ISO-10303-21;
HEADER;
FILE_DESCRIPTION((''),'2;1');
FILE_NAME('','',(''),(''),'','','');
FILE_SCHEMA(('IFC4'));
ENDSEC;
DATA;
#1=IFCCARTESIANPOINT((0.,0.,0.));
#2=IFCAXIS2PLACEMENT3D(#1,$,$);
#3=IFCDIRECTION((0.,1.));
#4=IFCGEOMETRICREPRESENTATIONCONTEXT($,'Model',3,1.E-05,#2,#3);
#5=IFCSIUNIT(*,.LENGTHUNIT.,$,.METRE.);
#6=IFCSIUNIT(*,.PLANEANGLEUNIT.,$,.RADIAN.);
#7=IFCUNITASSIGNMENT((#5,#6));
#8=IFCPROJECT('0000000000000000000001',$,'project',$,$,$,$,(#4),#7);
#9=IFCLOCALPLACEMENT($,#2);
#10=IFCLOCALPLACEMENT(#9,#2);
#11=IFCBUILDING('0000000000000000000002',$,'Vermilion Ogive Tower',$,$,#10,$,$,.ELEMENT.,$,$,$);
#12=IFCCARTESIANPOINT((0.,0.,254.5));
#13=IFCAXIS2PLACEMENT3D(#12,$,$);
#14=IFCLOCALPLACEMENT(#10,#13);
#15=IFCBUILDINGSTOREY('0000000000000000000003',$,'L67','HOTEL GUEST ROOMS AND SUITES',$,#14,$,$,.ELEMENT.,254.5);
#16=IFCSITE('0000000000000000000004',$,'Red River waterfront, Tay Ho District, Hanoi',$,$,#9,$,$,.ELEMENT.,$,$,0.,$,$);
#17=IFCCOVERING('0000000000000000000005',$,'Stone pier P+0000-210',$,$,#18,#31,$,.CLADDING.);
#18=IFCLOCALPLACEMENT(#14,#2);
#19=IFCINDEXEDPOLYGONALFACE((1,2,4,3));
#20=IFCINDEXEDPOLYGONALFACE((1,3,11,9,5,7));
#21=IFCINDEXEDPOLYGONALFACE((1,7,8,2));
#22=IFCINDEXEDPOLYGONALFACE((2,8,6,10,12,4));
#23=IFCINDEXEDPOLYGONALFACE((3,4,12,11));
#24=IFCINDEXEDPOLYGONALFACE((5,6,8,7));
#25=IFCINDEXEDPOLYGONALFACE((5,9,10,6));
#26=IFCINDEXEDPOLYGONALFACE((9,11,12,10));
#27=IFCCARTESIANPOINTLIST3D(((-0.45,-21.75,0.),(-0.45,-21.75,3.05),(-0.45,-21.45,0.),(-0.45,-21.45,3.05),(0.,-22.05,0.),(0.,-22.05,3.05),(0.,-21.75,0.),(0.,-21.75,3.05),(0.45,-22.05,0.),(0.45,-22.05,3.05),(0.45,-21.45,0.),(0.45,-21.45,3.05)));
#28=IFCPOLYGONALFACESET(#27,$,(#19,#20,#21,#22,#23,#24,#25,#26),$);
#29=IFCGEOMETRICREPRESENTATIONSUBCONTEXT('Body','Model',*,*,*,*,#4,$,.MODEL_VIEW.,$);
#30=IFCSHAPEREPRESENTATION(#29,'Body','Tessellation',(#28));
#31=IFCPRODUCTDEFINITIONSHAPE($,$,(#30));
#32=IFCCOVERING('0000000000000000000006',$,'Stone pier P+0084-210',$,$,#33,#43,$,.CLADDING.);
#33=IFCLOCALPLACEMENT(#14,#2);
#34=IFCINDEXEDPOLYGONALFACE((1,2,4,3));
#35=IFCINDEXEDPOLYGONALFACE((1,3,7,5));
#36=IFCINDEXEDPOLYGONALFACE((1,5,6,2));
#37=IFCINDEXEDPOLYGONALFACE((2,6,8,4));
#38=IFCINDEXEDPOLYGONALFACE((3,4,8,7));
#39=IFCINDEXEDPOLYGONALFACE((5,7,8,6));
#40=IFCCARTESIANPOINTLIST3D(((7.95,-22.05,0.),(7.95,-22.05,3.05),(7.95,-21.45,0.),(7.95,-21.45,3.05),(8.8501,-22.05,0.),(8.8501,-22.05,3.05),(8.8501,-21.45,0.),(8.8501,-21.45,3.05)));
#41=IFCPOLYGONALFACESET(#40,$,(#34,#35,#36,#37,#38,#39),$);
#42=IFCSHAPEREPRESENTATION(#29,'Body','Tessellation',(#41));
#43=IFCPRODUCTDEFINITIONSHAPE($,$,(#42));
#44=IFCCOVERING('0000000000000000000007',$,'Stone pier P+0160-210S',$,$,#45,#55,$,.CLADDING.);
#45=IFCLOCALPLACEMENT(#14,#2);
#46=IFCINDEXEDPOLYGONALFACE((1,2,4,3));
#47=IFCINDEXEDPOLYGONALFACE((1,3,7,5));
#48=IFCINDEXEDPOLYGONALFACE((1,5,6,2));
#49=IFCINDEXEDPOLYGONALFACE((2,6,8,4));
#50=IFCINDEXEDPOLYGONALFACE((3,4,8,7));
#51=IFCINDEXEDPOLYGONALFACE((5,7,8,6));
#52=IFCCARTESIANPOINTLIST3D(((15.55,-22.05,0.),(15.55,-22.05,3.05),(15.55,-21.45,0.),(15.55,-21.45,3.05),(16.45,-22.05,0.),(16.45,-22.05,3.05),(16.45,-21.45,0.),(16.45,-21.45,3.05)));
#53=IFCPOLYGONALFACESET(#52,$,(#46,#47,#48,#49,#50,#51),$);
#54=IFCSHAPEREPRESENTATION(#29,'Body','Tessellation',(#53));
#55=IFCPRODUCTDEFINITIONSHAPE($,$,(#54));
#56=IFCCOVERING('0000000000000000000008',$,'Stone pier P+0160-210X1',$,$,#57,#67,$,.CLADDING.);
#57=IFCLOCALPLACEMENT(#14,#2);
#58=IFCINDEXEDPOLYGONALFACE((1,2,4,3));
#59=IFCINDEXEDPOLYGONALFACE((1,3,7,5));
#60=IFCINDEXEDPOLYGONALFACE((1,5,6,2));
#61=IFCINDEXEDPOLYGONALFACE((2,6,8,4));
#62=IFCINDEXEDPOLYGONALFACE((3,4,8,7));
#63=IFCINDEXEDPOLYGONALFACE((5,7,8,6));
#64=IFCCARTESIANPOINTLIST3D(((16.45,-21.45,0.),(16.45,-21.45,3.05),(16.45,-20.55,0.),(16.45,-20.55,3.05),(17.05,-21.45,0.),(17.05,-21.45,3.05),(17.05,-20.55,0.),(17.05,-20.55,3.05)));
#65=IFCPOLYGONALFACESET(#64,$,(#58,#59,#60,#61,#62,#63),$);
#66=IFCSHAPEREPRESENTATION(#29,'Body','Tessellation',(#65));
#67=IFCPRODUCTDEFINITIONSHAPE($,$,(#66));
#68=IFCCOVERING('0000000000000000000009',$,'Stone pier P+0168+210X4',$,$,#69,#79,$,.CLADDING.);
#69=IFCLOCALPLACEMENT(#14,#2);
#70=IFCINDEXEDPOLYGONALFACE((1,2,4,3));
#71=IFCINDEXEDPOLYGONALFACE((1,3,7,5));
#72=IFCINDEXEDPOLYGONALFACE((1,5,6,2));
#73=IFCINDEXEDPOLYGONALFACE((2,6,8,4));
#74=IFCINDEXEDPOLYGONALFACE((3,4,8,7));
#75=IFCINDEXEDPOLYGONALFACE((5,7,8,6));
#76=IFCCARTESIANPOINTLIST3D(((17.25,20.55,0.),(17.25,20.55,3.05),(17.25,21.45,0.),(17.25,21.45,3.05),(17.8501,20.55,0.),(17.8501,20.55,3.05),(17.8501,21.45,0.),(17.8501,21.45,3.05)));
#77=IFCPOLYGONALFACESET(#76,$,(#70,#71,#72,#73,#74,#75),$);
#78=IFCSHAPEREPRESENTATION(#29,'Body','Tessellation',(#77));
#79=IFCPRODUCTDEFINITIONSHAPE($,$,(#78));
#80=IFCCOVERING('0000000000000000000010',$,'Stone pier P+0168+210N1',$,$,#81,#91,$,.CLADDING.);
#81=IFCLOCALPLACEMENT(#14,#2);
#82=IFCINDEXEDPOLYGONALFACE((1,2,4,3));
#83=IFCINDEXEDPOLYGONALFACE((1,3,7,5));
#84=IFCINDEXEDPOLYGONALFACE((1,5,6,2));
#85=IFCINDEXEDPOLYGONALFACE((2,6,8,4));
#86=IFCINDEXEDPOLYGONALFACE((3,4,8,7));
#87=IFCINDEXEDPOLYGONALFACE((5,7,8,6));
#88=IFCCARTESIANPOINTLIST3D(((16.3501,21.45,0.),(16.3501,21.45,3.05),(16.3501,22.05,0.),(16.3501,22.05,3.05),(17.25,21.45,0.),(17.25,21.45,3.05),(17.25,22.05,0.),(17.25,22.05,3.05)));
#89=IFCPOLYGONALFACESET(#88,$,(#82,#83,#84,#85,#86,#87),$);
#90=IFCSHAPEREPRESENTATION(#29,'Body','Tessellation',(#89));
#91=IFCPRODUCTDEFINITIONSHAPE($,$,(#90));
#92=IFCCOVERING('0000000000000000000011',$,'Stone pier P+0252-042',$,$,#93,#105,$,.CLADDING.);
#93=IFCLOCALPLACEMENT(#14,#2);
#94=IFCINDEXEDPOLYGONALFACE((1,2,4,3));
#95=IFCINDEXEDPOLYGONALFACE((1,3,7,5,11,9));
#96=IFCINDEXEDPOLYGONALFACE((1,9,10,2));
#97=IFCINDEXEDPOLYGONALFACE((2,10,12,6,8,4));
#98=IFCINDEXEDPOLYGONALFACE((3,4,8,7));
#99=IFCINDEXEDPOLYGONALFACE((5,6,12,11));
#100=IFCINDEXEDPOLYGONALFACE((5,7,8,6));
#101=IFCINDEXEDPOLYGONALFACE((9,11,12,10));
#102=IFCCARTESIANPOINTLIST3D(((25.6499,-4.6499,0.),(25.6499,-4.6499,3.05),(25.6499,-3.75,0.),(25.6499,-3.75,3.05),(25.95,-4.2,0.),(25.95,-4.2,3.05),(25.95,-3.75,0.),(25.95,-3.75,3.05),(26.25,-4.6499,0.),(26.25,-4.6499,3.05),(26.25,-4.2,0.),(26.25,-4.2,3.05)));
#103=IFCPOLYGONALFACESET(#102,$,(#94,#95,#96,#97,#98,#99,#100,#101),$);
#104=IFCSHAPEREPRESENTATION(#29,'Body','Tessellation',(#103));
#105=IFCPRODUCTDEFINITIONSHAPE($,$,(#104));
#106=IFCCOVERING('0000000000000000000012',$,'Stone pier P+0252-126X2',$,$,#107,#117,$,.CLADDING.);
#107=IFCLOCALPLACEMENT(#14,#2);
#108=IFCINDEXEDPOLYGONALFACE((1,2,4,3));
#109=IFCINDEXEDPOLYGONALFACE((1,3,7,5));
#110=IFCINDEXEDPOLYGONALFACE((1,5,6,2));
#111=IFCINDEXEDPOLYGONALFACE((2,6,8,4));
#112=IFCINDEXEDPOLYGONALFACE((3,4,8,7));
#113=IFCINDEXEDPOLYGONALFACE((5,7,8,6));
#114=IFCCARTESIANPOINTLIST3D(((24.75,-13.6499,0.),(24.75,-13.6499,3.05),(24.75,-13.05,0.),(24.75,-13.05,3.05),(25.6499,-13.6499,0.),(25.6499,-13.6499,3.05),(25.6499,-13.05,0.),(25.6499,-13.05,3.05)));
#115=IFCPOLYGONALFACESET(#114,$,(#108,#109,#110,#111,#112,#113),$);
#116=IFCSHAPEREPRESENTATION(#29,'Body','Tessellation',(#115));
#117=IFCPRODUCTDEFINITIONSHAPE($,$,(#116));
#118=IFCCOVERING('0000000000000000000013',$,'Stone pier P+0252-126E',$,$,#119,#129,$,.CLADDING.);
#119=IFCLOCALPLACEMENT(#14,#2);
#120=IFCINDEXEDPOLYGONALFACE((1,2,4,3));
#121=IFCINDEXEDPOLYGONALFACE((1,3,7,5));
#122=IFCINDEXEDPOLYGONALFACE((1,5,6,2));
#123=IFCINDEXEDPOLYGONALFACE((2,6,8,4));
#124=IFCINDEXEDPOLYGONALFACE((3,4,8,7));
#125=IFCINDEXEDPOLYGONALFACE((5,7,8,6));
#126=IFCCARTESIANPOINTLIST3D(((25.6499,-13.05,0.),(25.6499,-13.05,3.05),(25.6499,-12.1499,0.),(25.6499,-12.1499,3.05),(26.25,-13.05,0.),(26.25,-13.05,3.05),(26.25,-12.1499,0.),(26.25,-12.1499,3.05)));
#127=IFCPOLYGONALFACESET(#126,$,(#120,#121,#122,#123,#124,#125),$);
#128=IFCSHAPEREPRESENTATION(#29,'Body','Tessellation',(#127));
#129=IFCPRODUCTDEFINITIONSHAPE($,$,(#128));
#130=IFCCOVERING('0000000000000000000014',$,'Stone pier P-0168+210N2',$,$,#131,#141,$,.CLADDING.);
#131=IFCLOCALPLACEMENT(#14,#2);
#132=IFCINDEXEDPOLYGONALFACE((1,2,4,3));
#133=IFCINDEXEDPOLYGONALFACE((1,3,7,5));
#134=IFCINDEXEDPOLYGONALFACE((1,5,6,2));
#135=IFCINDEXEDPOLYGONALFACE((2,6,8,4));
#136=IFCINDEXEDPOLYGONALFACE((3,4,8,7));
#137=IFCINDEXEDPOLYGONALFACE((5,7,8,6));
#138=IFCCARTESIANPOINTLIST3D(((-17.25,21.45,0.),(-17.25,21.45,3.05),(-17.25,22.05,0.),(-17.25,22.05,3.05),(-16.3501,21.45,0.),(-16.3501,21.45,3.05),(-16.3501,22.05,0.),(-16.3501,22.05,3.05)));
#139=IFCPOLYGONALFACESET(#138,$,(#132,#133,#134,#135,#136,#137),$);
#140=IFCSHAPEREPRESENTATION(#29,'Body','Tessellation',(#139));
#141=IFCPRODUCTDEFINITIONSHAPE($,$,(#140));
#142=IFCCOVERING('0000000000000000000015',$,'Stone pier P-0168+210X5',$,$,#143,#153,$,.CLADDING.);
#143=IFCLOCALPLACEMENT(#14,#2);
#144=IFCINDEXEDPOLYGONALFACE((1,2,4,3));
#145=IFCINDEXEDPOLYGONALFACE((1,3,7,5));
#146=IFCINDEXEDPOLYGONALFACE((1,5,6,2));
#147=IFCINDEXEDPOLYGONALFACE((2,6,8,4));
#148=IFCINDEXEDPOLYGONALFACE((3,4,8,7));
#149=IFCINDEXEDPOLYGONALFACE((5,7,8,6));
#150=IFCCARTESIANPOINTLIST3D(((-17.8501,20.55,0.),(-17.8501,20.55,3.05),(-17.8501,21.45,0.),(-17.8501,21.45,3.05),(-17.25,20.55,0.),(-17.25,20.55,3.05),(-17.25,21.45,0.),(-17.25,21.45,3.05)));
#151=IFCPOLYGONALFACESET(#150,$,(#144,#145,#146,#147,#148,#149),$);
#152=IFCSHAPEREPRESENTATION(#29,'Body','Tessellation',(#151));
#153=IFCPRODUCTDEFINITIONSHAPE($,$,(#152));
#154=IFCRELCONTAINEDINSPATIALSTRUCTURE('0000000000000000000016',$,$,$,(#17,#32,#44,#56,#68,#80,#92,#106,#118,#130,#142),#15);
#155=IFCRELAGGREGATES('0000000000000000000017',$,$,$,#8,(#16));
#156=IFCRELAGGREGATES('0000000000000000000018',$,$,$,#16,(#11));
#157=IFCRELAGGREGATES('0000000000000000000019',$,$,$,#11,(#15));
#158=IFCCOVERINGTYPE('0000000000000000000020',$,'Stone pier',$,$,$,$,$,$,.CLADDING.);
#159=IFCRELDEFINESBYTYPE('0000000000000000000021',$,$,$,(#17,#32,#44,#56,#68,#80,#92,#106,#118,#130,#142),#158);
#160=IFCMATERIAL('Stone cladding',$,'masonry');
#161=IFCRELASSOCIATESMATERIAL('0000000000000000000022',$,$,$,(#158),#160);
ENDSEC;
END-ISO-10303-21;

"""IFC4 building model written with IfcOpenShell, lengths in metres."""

from ifc_helpers import new_model, si_unit, direction, frame, origin, place, context, subcontext, project, spatial, polyline, outline, extrude, material, type_object, element, save


model = new_model("IFC4")

# Units and contexts
model_context = context("Model", 3, precision=1e-05, world=origin(), true_north=direction((0.0, 1.0)))
body_context = subcontext(model_context, "Body", "Model", "MODEL_VIEW")
ifc_project = project(units=[si_unit("LENGTHUNIT", "METRE"), si_unit("PLANEANGLEUNIT", "RADIAN")], contexts=[model_context])

# Site, building, storey
site_placement = place(None, origin())
site = spatial("IfcSite", under=ifc_project, at=site_placement, Name="Red River waterfront, Tay Ho District, Hanoi", CompositionType="ELEMENT", RefElevation=0.0)
building_placement = place(site_placement, origin())
building = spatial("IfcBuilding", under=site, at=building_placement, Name="Vermilion Ogive Tower", CompositionType="ELEMENT")
storey_placement = place(building_placement, frame((0.0, 0.0, 254.5)))
storey = spatial("IfcBuildingStorey", under=building, at=storey_placement, Name="L67", Description="HOTEL GUEST ROOMS AND SUITES", CompositionType="ELEMENT", Elevation=254.5)

# Coverings
ifc_material_1 = material(Name="Stone cladding", Category="masonry")
covering_type_1 = type_object("IfcCoveringType", Name="Stone pier", PredefinedType="CLADDING", material=ifc_material_1)
covering_1_placement = place(storey_placement, origin())
element("IfcCovering", 1, at=covering_1_placement, inside=storey, type_object=covering_type_1, Name="Stone pier P+0000-210", PredefinedType="CLADDING", context=body_context, shape_type="SweptSolid", body=[
    extrude(outline(polyline([(0.45, -22.05), (0.0, -22.05), (0.0, -21.75), (-0.45, -21.75), (-0.45, -21.45), (0.45, -21.45), (0.45, -22.05)])), origin(), (0.0, 0.0, 1.0), 3.05),
])
covering_2_placement = place(storey_placement, origin())
element("IfcCovering", 2, at=covering_2_placement, inside=storey, type_object=covering_type_1, Name="Stone pier P+0084-210", PredefinedType="CLADDING", context=body_context, shape_type="SweptSolid", body=[
    extrude(outline(polyline([(8.8501, -21.45), (8.8501, -22.05), (7.95, -22.05), (7.95, -21.45), (7.95, -21.45), (8.8501, -21.45)])), origin(), (0.0, 0.0, 1.0), 3.05),
])
covering_3_placement = place(storey_placement, origin())
element("IfcCovering", 3, at=covering_3_placement, inside=storey, type_object=covering_type_1, Name="Stone pier P+0160-210S", PredefinedType="CLADDING", context=body_context, shape_type="SweptSolid", body=[
    extrude(outline(polyline([(16.45, -21.45), (16.45, -21.45), (16.45, -22.05), (15.55, -22.05), (15.55, -21.45), (15.55, -21.45), (16.45, -21.45)])), origin(), (0.0, 0.0, 1.0), 3.05),
])
covering_4_placement = place(storey_placement, origin())
element("IfcCovering", 4, at=covering_4_placement, inside=storey, type_object=covering_type_1, Name="Stone pier P+0160-210X1", PredefinedType="CLADDING", context=body_context, shape_type="SweptSolid", body=[
    extrude(outline(polyline([(17.05, -21.45), (16.45, -21.45), (16.45, -21.45), (16.45, -20.55), (17.05, -20.55), (17.05, -21.45)])), origin(), (0.0, 0.0, 1.0), 3.05),
])
covering_5_placement = place(storey_placement, origin())
element("IfcCovering", 5, at=covering_5_placement, inside=storey, type_object=covering_type_1, Name="Stone pier P+0168+210X4", PredefinedType="CLADDING", context=body_context, shape_type="SweptSolid", body=[
    extrude(outline(polyline([(17.8501, 21.45), (17.8501, 20.55), (17.25, 20.55), (17.25, 21.45), (17.8501, 21.45)])), origin(), (0.0, 0.0, 1.0), 3.05),
])
covering_6_placement = place(storey_placement, origin())
element("IfcCovering", 6, at=covering_6_placement, inside=storey, type_object=covering_type_1, Name="Stone pier P+0168+210N1", PredefinedType="CLADDING", context=body_context, shape_type="SweptSolid", body=[
    extrude(outline(polyline([(17.25, 22.05), (17.25, 21.45), (16.3501, 21.45), (16.3501, 22.05), (17.25, 22.05)])), origin(), (0.0, 0.0, 1.0), 3.05),
])
covering_7_placement = place(storey_placement, origin())
element("IfcCovering", 7, at=covering_7_placement, inside=storey, type_object=covering_type_1, Name="Stone pier P+0252-042", PredefinedType="CLADDING", context=body_context, shape_type="SweptSolid", body=[
    extrude(outline(polyline([(25.95, -3.75), (25.95, -4.2), (26.25, -4.2), (26.25, -4.6499), (25.6499, -4.6499), (25.6499, -3.75), (25.95, -3.75)])), origin(), (0.0, 0.0, 1.0), 3.05),
])
covering_8_placement = place(storey_placement, origin())
element("IfcCovering", 8, at=covering_8_placement, inside=storey, type_object=covering_type_1, Name="Stone pier P+0252-126X2", PredefinedType="CLADDING", context=body_context, shape_type="SweptSolid", body=[
    extrude(outline(polyline([(25.6499, -13.6499), (24.75, -13.6499), (24.75, -13.05), (25.6499, -13.05), (25.6499, -13.6499)])), origin(), (0.0, 0.0, 1.0), 3.05),
])
covering_9_placement = place(storey_placement, origin())
element("IfcCovering", 9, at=covering_9_placement, inside=storey, type_object=covering_type_1, Name="Stone pier P+0252-126E", PredefinedType="CLADDING", context=body_context, shape_type="SweptSolid", body=[
    extrude(outline(polyline([(26.25, -13.05), (25.6499, -13.05), (25.6499, -12.1499), (26.25, -12.1499), (26.25, -13.05)])), origin(), (0.0, 0.0, 1.0), 3.05),
])
covering_10_placement = place(storey_placement, origin())
element("IfcCovering", 10, at=covering_10_placement, inside=storey, type_object=covering_type_1, Name="Stone pier P-0168+210N2", PredefinedType="CLADDING", context=body_context, shape_type="SweptSolid", body=[
    extrude(outline(polyline([(-17.25, 21.45), (-17.25, 22.05), (-16.3501, 22.05), (-16.3501, 21.45), (-17.25, 21.45), (-17.25, 21.45)])), origin(), (0.0, 0.0, 1.0), 3.05),
])
covering_11_placement = place(storey_placement, origin())
element("IfcCovering", 11, at=covering_11_placement, inside=storey, type_object=covering_type_1, Name="Stone pier P-0168+210X5", PredefinedType="CLADDING", context=body_context, shape_type="SweptSolid", body=[
    extrude(outline(polyline([(-17.8501, 21.45), (-17.25, 21.45), (-17.25, 21.45), (-17.25, 20.55), (-17.8501, 20.55), (-17.8501, 21.45)])), origin(), (0.0, 0.0, 1.0), 3.05),
])

save(model, "model.ifc")
